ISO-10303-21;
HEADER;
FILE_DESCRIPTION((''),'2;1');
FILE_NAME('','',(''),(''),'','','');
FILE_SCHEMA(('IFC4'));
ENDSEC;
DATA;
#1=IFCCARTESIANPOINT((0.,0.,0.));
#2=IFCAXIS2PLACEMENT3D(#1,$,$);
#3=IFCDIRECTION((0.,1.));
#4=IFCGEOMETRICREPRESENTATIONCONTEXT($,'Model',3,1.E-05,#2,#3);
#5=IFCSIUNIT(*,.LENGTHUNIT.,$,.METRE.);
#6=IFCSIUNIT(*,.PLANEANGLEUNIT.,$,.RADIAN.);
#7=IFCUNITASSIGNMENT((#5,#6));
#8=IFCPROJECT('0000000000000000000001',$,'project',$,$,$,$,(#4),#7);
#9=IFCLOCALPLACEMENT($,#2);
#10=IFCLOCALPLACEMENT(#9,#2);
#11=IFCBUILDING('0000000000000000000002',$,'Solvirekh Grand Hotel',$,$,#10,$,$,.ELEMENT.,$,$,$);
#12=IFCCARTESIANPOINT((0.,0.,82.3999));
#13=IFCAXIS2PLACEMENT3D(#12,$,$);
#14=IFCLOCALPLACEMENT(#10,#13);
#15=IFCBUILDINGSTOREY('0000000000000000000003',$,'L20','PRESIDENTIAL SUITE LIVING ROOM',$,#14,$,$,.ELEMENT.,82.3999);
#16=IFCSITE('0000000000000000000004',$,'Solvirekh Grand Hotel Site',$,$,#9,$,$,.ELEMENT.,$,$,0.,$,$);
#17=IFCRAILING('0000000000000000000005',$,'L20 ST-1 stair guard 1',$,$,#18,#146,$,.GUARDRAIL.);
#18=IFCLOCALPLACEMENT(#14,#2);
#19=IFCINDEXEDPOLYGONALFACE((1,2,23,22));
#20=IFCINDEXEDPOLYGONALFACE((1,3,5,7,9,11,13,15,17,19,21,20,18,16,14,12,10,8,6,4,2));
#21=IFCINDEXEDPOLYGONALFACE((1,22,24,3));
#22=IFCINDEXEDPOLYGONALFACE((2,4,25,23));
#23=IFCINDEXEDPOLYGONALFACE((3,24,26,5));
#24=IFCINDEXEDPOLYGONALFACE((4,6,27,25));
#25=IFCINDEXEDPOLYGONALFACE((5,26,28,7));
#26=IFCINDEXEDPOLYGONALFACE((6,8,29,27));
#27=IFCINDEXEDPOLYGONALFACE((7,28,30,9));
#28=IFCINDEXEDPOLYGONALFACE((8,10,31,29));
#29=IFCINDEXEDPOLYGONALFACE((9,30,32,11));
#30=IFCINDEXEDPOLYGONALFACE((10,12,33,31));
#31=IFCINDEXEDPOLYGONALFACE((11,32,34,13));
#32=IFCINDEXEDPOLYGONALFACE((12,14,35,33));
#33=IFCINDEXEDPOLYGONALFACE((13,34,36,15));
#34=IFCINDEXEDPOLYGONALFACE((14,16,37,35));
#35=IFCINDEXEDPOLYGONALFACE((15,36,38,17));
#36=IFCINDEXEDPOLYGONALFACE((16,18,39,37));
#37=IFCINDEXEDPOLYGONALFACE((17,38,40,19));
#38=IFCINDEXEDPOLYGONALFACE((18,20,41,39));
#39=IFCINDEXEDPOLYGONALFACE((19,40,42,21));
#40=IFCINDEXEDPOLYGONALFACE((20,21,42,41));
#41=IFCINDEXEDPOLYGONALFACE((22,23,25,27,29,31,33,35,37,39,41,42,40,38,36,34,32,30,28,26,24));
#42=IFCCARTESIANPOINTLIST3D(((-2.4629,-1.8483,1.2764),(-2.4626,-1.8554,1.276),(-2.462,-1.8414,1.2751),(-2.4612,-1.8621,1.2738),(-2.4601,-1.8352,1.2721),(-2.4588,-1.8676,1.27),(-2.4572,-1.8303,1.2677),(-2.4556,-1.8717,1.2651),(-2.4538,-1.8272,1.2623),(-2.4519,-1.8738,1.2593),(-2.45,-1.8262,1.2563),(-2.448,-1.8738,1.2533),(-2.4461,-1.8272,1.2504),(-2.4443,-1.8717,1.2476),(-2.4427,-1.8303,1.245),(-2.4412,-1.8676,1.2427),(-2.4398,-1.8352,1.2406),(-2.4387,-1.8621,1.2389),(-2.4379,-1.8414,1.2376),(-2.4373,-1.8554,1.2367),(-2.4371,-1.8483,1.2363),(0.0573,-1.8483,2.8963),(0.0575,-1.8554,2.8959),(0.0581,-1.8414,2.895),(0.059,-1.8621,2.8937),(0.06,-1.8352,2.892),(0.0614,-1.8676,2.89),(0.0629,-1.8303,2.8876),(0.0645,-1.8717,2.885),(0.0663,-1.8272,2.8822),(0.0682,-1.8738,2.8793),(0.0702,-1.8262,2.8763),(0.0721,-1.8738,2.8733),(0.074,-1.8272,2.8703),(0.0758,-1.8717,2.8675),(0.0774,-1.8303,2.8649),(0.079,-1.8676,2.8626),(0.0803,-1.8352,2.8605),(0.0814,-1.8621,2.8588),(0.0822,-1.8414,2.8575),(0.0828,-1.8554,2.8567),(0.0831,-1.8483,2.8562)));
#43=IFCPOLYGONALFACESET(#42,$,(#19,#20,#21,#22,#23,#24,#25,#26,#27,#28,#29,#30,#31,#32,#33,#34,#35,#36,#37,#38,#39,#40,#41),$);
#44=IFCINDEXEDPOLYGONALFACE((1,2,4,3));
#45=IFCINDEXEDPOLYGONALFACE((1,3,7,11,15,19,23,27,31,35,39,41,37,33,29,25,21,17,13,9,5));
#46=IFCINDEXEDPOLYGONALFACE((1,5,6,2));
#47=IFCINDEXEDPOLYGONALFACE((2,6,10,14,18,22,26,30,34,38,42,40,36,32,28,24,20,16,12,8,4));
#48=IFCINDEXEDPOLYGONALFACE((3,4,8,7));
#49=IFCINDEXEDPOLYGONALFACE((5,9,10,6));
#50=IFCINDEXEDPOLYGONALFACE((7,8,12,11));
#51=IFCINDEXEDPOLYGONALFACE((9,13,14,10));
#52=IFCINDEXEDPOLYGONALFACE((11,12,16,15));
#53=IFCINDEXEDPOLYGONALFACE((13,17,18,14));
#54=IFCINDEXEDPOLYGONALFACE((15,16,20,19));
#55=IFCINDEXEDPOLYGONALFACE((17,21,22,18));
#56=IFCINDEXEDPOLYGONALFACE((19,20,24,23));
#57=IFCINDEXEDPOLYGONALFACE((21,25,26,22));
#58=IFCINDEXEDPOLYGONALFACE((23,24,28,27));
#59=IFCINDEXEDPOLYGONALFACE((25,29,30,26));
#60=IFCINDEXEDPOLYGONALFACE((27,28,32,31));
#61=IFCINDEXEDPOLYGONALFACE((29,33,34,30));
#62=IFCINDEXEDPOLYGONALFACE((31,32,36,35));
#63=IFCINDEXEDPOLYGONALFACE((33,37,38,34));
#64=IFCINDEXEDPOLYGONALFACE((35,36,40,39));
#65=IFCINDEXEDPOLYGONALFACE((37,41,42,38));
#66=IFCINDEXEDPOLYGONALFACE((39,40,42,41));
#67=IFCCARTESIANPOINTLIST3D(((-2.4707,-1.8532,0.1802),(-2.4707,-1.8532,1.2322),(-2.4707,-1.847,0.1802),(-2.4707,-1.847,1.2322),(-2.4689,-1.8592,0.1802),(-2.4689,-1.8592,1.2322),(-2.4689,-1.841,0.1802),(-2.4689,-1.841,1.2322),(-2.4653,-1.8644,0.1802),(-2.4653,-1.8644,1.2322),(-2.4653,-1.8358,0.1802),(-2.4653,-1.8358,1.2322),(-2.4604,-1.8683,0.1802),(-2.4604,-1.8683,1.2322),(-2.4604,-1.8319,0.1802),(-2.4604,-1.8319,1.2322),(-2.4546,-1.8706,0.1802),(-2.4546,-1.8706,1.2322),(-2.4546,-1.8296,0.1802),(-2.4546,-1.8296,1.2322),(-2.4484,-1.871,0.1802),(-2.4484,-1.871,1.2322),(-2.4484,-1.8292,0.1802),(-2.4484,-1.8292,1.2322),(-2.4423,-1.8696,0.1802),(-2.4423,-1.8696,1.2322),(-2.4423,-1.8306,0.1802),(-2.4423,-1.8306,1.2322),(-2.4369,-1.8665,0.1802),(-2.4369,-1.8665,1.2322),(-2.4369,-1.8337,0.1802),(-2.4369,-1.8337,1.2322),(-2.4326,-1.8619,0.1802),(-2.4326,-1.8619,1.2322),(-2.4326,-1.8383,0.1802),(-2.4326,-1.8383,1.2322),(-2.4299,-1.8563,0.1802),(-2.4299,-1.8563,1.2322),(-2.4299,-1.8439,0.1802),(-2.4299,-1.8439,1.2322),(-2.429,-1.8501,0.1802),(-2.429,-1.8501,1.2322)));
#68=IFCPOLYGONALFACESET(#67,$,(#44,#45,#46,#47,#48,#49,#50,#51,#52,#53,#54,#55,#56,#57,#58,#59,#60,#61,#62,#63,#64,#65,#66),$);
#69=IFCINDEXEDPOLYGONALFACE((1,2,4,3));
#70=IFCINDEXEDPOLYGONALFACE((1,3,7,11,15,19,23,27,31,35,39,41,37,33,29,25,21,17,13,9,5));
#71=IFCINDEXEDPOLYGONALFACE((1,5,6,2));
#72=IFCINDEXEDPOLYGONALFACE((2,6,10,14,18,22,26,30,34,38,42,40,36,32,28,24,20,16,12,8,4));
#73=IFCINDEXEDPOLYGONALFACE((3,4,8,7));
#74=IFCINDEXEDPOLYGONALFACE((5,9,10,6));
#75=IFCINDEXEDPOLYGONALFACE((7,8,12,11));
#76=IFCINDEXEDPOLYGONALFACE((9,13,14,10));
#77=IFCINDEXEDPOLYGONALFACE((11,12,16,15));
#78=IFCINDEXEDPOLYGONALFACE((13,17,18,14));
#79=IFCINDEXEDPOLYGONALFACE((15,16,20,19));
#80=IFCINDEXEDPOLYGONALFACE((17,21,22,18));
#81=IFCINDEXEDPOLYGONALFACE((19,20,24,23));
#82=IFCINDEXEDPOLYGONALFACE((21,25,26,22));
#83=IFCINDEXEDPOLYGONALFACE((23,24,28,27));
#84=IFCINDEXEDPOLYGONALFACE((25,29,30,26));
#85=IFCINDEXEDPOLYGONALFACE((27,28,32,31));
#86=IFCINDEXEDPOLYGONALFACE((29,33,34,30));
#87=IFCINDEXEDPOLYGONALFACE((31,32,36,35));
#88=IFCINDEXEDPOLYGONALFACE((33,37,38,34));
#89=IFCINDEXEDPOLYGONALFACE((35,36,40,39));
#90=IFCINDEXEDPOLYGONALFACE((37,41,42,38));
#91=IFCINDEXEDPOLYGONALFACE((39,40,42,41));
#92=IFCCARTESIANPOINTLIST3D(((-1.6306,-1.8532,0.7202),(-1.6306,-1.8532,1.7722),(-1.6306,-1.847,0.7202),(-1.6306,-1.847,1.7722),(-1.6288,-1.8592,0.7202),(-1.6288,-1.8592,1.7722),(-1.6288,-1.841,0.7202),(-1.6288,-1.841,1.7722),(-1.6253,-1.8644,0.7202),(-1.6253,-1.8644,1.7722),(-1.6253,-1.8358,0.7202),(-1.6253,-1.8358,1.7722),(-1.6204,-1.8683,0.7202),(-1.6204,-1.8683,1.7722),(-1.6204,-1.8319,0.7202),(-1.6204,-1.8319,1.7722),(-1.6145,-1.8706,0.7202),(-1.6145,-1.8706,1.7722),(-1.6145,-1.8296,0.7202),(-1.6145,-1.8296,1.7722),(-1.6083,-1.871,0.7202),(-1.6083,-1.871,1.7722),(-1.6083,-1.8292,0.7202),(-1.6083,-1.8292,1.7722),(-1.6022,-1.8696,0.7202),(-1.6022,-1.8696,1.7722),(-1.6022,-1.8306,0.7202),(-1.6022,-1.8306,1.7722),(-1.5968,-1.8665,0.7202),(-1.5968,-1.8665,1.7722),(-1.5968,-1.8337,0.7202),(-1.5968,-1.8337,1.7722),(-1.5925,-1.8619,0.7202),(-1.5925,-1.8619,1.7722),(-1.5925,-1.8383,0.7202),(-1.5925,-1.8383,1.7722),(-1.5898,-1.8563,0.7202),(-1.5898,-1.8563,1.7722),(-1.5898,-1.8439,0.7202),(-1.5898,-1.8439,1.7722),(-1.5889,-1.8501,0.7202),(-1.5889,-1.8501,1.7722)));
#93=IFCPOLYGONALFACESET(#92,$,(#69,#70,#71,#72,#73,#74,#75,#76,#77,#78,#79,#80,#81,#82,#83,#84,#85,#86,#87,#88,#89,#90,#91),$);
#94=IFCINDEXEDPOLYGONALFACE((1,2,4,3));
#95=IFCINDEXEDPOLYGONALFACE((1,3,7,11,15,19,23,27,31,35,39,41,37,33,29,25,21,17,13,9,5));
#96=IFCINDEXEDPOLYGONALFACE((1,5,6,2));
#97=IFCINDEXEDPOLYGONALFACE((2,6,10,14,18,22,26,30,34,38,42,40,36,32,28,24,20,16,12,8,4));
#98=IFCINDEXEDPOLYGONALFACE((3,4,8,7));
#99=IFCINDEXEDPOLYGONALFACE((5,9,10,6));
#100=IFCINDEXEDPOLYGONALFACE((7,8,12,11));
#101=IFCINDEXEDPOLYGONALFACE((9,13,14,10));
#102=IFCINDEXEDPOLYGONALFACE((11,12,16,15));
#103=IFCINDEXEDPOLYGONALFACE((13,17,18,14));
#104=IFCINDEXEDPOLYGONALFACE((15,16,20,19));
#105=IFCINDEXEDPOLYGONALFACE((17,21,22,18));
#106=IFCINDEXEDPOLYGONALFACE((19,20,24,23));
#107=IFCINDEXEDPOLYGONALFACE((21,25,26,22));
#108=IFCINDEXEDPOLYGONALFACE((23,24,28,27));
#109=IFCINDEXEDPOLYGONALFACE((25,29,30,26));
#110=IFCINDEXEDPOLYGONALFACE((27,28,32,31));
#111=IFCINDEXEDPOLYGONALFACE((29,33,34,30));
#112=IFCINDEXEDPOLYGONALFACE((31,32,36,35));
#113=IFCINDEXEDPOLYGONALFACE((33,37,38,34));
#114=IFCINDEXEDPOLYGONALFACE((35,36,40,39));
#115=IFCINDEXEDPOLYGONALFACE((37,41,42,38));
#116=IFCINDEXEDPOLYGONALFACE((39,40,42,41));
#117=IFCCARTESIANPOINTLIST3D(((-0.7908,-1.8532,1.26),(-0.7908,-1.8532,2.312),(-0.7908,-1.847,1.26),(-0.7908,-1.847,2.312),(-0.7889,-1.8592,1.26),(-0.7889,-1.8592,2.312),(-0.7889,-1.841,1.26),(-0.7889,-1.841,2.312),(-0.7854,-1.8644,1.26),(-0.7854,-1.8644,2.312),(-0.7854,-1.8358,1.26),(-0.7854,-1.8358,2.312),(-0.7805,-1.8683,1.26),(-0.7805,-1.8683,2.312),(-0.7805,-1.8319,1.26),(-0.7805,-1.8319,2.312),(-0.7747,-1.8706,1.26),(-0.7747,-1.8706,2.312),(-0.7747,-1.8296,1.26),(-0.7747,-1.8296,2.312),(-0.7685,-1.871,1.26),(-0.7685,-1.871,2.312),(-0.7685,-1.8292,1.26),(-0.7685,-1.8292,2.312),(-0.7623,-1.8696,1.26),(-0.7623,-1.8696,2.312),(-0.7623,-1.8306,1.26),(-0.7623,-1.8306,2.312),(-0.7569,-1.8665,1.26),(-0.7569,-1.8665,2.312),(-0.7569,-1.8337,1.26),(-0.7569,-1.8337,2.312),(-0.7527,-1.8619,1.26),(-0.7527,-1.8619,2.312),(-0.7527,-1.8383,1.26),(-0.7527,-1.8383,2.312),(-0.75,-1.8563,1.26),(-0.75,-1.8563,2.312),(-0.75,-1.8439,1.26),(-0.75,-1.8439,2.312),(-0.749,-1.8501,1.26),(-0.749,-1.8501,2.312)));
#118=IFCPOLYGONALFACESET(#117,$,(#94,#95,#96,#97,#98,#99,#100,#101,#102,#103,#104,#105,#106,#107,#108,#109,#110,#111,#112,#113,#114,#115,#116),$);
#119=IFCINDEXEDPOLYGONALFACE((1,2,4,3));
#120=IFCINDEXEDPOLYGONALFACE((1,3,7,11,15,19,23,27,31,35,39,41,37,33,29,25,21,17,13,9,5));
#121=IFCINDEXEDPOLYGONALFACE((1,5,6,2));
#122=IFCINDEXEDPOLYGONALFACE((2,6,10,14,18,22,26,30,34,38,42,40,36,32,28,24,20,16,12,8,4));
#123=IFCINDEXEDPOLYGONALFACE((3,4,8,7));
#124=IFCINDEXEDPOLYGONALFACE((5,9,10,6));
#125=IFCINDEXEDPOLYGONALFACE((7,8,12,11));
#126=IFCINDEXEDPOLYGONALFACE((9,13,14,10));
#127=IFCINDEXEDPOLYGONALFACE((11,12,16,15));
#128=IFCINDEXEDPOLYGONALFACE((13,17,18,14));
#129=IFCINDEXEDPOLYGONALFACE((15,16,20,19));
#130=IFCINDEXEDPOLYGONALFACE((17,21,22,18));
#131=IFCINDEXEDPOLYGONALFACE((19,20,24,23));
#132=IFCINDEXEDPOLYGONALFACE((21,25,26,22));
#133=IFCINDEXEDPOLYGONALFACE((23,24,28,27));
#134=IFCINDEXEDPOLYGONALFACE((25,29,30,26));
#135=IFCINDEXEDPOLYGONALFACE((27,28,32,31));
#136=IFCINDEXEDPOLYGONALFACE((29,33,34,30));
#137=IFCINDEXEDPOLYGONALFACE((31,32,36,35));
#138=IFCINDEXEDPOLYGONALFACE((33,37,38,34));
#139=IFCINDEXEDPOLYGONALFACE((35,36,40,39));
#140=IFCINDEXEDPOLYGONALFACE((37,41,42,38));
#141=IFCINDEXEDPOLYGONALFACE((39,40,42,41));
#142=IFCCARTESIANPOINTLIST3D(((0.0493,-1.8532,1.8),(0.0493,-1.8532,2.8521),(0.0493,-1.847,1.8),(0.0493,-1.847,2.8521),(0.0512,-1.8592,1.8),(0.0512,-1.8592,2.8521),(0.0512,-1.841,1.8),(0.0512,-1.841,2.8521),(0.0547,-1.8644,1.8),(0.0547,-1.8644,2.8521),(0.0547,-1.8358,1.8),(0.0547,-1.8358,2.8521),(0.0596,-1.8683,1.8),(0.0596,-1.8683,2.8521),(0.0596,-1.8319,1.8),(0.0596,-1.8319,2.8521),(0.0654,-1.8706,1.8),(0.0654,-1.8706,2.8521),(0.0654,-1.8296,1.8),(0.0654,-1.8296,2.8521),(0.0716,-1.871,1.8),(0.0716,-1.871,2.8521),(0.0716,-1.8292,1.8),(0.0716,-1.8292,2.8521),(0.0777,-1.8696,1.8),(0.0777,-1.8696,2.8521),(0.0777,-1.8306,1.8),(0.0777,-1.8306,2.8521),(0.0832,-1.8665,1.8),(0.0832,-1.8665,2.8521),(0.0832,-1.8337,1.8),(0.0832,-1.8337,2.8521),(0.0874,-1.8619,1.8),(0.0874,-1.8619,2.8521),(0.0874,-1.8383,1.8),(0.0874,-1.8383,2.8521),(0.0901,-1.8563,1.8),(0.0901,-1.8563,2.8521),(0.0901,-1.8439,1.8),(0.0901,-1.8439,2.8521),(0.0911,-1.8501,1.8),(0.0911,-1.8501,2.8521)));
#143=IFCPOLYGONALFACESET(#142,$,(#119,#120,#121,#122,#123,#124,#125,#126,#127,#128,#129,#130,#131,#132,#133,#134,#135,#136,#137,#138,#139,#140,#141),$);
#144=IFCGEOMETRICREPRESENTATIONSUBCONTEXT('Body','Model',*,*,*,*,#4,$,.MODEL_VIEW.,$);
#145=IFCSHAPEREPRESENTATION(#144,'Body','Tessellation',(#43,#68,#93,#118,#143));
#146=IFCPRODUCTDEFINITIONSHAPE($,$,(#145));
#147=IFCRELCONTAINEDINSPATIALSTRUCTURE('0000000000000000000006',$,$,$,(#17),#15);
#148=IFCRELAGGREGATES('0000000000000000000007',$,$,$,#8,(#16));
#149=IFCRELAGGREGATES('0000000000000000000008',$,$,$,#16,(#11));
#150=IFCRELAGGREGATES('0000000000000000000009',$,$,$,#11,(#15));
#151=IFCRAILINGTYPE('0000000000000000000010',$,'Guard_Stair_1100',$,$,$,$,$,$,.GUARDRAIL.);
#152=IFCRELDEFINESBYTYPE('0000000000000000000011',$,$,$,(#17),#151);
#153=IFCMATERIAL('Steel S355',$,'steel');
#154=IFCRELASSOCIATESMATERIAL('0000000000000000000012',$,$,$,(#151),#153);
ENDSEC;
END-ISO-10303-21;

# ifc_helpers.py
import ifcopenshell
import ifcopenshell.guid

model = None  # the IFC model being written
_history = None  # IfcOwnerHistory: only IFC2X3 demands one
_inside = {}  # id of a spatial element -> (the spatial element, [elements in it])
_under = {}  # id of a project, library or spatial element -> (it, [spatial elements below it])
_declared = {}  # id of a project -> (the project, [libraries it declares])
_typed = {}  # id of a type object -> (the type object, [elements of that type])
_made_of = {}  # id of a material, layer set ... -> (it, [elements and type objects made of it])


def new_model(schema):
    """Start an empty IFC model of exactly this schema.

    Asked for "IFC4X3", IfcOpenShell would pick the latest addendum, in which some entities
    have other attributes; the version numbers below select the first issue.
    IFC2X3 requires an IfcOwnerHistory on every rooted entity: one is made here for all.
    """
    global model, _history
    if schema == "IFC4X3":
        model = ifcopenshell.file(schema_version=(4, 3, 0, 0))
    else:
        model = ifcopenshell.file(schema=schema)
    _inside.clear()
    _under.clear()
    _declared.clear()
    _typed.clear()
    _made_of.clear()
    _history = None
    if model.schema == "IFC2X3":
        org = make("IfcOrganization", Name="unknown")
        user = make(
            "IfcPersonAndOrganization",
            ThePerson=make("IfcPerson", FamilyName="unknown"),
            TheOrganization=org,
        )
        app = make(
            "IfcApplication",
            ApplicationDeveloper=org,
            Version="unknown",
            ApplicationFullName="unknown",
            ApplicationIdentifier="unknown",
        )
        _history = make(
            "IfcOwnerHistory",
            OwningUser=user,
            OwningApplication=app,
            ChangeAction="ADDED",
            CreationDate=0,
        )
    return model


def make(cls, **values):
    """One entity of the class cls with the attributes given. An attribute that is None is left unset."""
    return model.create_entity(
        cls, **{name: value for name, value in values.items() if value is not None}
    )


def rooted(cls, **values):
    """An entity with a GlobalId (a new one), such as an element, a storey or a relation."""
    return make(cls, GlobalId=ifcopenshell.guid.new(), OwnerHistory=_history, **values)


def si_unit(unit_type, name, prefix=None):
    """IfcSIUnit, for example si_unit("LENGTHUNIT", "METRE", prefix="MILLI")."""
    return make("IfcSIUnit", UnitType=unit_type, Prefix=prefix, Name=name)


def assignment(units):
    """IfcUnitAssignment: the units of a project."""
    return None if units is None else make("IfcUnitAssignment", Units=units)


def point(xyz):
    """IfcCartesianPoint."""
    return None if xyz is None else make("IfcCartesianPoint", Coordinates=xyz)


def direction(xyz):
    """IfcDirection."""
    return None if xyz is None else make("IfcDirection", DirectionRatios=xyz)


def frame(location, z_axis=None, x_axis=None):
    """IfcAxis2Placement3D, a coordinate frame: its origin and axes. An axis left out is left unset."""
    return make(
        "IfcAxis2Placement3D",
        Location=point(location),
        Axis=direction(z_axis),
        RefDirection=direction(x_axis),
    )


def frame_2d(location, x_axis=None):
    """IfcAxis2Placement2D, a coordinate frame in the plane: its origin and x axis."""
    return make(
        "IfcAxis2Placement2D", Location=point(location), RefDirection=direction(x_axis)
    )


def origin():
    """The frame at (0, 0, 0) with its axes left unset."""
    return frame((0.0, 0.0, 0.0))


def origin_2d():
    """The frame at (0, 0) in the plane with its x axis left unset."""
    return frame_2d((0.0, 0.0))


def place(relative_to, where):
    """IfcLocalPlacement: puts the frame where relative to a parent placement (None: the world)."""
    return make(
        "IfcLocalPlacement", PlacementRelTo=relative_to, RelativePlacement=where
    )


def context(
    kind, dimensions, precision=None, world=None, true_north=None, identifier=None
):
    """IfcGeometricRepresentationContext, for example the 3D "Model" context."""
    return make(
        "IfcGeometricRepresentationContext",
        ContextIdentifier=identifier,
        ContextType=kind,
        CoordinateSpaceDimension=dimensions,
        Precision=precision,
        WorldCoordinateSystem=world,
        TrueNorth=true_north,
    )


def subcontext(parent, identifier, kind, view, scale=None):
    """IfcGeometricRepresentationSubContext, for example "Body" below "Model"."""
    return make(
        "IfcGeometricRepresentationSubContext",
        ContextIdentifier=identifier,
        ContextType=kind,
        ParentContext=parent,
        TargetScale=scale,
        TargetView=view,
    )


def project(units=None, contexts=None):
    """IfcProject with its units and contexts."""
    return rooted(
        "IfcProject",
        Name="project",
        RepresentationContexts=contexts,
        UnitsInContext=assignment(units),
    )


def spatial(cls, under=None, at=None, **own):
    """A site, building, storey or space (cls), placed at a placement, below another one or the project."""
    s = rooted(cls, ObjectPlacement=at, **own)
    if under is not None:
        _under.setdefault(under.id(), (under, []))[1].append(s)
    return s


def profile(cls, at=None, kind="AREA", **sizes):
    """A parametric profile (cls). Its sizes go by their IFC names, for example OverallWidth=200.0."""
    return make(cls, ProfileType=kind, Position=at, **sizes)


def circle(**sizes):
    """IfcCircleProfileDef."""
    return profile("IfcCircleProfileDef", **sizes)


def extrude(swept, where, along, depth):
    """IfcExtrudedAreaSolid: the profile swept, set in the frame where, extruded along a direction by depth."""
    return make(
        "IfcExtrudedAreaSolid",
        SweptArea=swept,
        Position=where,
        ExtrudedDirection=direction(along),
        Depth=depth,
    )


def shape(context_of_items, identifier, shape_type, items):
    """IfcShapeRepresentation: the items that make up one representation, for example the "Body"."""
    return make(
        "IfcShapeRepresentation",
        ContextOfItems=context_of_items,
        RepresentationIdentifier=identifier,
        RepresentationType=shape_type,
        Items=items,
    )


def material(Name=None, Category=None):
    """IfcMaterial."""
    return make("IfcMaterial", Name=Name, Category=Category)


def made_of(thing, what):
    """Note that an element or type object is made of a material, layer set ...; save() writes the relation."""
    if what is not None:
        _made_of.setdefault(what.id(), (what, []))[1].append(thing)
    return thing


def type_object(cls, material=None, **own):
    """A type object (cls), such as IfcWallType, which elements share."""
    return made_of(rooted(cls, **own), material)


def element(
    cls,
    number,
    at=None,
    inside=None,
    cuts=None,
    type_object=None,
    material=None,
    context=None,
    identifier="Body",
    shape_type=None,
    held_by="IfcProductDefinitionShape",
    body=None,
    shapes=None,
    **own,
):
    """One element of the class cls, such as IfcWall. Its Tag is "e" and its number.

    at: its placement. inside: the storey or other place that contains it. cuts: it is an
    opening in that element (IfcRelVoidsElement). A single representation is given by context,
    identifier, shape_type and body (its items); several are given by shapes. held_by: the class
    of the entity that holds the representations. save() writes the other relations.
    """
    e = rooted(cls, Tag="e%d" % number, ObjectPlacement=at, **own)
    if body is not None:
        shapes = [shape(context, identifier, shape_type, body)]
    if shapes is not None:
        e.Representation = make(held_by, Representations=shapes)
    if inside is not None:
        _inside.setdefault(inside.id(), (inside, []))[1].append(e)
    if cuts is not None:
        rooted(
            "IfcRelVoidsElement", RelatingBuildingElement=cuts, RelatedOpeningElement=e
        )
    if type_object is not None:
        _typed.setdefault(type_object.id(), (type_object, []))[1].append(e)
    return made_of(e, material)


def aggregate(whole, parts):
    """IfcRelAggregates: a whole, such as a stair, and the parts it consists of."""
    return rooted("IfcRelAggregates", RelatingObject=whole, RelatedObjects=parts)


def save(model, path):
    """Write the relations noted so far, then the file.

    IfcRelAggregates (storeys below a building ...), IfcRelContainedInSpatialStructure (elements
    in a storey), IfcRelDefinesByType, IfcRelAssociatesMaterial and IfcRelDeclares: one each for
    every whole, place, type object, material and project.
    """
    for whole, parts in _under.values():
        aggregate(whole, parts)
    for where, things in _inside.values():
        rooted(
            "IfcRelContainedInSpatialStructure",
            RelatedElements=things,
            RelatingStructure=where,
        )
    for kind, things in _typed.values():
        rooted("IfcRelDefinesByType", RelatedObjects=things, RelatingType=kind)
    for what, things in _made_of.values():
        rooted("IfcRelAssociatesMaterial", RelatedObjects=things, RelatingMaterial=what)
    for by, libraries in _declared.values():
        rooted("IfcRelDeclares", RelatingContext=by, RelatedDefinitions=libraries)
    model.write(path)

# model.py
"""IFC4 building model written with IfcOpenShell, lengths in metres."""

from ifc_helpers import new_model, si_unit, direction, frame, origin, origin_2d, place, context, subcontext, project, spatial, circle, extrude, material, type_object, element, save


model = new_model("IFC4")

# Units and contexts
model_context = context("Model", 3, precision=1e-05, world=origin(), true_north=direction((0.0, 1.0)))
body_context = subcontext(model_context, "Body", "Model", "MODEL_VIEW")
ifc_project = project(units=[si_unit("LENGTHUNIT", "METRE"), si_unit("PLANEANGLEUNIT", "RADIAN")], contexts=[model_context])

# Site, building, storey
site_placement = place(None, origin())
site = spatial("IfcSite", under=ifc_project, at=site_placement, Name="Solvirekh Grand Hotel Site", CompositionType="ELEMENT", RefElevation=0.0)
building_placement = place(site_placement, origin())
building = spatial("IfcBuilding", under=site, at=building_placement, Name="Solvirekh Grand Hotel", CompositionType="ELEMENT")
storey_placement = place(building_placement, frame((0.0, 0.0, 82.3999)))
storey = spatial("IfcBuildingStorey", under=building, at=storey_placement, Name="L20", Description="PRESIDENTIAL SUITE LIVING ROOM", CompositionType="ELEMENT", Elevation=82.3999)

# Railing
ifc_material_1 = material(Name="Steel S355", Category="steel")
railing_type_1 = type_object("IfcRailingType", Name="Guard_Stair_1100", PredefinedType="GUARDRAIL", material=ifc_material_1)
railing_1_placement = place(storey_placement, frame((-2.45, -1.8501, 0.1802)))
element("IfcRailing", 1, at=railing_1_placement, inside=storey, type_object=railing_type_1, Name="L20 ST-1 stair guard 1", PredefinedType="GUARDRAIL", context=body_context, shape_type="SweptSolid", body=[
    extrude(circle(Radius=0.0239, at=origin_2d()), frame((0.0, 0.0, 1.0762), z_axis=(0.8412, 0.0, 0.540725), x_axis=(0.0, 1.0, 0.0)), (0.0, 0.0, 1.0), 2.9958),
    extrude(circle(Radius=0.021, at=origin_2d()), origin(), (0.0, 0.0, 1.0), 1.052),
    extrude(circle(Radius=0.021, at=origin_2d()), frame((0.8401, 0.0, 0.54)), (0.0, 0.0, 1.0), 1.052),
    extrude(circle(Radius=0.021, at=origin_2d()), frame((1.6799, 0.0, 1.0798)), (0.0, 0.0, 1.0), 1.052),
    extrude(circle(Radius=0.021, at=origin_2d()), frame((2.52, 0.0, 1.6199)), (0.0, 0.0, 1.0), 1.052),
])

save(model, "model.ifc")
